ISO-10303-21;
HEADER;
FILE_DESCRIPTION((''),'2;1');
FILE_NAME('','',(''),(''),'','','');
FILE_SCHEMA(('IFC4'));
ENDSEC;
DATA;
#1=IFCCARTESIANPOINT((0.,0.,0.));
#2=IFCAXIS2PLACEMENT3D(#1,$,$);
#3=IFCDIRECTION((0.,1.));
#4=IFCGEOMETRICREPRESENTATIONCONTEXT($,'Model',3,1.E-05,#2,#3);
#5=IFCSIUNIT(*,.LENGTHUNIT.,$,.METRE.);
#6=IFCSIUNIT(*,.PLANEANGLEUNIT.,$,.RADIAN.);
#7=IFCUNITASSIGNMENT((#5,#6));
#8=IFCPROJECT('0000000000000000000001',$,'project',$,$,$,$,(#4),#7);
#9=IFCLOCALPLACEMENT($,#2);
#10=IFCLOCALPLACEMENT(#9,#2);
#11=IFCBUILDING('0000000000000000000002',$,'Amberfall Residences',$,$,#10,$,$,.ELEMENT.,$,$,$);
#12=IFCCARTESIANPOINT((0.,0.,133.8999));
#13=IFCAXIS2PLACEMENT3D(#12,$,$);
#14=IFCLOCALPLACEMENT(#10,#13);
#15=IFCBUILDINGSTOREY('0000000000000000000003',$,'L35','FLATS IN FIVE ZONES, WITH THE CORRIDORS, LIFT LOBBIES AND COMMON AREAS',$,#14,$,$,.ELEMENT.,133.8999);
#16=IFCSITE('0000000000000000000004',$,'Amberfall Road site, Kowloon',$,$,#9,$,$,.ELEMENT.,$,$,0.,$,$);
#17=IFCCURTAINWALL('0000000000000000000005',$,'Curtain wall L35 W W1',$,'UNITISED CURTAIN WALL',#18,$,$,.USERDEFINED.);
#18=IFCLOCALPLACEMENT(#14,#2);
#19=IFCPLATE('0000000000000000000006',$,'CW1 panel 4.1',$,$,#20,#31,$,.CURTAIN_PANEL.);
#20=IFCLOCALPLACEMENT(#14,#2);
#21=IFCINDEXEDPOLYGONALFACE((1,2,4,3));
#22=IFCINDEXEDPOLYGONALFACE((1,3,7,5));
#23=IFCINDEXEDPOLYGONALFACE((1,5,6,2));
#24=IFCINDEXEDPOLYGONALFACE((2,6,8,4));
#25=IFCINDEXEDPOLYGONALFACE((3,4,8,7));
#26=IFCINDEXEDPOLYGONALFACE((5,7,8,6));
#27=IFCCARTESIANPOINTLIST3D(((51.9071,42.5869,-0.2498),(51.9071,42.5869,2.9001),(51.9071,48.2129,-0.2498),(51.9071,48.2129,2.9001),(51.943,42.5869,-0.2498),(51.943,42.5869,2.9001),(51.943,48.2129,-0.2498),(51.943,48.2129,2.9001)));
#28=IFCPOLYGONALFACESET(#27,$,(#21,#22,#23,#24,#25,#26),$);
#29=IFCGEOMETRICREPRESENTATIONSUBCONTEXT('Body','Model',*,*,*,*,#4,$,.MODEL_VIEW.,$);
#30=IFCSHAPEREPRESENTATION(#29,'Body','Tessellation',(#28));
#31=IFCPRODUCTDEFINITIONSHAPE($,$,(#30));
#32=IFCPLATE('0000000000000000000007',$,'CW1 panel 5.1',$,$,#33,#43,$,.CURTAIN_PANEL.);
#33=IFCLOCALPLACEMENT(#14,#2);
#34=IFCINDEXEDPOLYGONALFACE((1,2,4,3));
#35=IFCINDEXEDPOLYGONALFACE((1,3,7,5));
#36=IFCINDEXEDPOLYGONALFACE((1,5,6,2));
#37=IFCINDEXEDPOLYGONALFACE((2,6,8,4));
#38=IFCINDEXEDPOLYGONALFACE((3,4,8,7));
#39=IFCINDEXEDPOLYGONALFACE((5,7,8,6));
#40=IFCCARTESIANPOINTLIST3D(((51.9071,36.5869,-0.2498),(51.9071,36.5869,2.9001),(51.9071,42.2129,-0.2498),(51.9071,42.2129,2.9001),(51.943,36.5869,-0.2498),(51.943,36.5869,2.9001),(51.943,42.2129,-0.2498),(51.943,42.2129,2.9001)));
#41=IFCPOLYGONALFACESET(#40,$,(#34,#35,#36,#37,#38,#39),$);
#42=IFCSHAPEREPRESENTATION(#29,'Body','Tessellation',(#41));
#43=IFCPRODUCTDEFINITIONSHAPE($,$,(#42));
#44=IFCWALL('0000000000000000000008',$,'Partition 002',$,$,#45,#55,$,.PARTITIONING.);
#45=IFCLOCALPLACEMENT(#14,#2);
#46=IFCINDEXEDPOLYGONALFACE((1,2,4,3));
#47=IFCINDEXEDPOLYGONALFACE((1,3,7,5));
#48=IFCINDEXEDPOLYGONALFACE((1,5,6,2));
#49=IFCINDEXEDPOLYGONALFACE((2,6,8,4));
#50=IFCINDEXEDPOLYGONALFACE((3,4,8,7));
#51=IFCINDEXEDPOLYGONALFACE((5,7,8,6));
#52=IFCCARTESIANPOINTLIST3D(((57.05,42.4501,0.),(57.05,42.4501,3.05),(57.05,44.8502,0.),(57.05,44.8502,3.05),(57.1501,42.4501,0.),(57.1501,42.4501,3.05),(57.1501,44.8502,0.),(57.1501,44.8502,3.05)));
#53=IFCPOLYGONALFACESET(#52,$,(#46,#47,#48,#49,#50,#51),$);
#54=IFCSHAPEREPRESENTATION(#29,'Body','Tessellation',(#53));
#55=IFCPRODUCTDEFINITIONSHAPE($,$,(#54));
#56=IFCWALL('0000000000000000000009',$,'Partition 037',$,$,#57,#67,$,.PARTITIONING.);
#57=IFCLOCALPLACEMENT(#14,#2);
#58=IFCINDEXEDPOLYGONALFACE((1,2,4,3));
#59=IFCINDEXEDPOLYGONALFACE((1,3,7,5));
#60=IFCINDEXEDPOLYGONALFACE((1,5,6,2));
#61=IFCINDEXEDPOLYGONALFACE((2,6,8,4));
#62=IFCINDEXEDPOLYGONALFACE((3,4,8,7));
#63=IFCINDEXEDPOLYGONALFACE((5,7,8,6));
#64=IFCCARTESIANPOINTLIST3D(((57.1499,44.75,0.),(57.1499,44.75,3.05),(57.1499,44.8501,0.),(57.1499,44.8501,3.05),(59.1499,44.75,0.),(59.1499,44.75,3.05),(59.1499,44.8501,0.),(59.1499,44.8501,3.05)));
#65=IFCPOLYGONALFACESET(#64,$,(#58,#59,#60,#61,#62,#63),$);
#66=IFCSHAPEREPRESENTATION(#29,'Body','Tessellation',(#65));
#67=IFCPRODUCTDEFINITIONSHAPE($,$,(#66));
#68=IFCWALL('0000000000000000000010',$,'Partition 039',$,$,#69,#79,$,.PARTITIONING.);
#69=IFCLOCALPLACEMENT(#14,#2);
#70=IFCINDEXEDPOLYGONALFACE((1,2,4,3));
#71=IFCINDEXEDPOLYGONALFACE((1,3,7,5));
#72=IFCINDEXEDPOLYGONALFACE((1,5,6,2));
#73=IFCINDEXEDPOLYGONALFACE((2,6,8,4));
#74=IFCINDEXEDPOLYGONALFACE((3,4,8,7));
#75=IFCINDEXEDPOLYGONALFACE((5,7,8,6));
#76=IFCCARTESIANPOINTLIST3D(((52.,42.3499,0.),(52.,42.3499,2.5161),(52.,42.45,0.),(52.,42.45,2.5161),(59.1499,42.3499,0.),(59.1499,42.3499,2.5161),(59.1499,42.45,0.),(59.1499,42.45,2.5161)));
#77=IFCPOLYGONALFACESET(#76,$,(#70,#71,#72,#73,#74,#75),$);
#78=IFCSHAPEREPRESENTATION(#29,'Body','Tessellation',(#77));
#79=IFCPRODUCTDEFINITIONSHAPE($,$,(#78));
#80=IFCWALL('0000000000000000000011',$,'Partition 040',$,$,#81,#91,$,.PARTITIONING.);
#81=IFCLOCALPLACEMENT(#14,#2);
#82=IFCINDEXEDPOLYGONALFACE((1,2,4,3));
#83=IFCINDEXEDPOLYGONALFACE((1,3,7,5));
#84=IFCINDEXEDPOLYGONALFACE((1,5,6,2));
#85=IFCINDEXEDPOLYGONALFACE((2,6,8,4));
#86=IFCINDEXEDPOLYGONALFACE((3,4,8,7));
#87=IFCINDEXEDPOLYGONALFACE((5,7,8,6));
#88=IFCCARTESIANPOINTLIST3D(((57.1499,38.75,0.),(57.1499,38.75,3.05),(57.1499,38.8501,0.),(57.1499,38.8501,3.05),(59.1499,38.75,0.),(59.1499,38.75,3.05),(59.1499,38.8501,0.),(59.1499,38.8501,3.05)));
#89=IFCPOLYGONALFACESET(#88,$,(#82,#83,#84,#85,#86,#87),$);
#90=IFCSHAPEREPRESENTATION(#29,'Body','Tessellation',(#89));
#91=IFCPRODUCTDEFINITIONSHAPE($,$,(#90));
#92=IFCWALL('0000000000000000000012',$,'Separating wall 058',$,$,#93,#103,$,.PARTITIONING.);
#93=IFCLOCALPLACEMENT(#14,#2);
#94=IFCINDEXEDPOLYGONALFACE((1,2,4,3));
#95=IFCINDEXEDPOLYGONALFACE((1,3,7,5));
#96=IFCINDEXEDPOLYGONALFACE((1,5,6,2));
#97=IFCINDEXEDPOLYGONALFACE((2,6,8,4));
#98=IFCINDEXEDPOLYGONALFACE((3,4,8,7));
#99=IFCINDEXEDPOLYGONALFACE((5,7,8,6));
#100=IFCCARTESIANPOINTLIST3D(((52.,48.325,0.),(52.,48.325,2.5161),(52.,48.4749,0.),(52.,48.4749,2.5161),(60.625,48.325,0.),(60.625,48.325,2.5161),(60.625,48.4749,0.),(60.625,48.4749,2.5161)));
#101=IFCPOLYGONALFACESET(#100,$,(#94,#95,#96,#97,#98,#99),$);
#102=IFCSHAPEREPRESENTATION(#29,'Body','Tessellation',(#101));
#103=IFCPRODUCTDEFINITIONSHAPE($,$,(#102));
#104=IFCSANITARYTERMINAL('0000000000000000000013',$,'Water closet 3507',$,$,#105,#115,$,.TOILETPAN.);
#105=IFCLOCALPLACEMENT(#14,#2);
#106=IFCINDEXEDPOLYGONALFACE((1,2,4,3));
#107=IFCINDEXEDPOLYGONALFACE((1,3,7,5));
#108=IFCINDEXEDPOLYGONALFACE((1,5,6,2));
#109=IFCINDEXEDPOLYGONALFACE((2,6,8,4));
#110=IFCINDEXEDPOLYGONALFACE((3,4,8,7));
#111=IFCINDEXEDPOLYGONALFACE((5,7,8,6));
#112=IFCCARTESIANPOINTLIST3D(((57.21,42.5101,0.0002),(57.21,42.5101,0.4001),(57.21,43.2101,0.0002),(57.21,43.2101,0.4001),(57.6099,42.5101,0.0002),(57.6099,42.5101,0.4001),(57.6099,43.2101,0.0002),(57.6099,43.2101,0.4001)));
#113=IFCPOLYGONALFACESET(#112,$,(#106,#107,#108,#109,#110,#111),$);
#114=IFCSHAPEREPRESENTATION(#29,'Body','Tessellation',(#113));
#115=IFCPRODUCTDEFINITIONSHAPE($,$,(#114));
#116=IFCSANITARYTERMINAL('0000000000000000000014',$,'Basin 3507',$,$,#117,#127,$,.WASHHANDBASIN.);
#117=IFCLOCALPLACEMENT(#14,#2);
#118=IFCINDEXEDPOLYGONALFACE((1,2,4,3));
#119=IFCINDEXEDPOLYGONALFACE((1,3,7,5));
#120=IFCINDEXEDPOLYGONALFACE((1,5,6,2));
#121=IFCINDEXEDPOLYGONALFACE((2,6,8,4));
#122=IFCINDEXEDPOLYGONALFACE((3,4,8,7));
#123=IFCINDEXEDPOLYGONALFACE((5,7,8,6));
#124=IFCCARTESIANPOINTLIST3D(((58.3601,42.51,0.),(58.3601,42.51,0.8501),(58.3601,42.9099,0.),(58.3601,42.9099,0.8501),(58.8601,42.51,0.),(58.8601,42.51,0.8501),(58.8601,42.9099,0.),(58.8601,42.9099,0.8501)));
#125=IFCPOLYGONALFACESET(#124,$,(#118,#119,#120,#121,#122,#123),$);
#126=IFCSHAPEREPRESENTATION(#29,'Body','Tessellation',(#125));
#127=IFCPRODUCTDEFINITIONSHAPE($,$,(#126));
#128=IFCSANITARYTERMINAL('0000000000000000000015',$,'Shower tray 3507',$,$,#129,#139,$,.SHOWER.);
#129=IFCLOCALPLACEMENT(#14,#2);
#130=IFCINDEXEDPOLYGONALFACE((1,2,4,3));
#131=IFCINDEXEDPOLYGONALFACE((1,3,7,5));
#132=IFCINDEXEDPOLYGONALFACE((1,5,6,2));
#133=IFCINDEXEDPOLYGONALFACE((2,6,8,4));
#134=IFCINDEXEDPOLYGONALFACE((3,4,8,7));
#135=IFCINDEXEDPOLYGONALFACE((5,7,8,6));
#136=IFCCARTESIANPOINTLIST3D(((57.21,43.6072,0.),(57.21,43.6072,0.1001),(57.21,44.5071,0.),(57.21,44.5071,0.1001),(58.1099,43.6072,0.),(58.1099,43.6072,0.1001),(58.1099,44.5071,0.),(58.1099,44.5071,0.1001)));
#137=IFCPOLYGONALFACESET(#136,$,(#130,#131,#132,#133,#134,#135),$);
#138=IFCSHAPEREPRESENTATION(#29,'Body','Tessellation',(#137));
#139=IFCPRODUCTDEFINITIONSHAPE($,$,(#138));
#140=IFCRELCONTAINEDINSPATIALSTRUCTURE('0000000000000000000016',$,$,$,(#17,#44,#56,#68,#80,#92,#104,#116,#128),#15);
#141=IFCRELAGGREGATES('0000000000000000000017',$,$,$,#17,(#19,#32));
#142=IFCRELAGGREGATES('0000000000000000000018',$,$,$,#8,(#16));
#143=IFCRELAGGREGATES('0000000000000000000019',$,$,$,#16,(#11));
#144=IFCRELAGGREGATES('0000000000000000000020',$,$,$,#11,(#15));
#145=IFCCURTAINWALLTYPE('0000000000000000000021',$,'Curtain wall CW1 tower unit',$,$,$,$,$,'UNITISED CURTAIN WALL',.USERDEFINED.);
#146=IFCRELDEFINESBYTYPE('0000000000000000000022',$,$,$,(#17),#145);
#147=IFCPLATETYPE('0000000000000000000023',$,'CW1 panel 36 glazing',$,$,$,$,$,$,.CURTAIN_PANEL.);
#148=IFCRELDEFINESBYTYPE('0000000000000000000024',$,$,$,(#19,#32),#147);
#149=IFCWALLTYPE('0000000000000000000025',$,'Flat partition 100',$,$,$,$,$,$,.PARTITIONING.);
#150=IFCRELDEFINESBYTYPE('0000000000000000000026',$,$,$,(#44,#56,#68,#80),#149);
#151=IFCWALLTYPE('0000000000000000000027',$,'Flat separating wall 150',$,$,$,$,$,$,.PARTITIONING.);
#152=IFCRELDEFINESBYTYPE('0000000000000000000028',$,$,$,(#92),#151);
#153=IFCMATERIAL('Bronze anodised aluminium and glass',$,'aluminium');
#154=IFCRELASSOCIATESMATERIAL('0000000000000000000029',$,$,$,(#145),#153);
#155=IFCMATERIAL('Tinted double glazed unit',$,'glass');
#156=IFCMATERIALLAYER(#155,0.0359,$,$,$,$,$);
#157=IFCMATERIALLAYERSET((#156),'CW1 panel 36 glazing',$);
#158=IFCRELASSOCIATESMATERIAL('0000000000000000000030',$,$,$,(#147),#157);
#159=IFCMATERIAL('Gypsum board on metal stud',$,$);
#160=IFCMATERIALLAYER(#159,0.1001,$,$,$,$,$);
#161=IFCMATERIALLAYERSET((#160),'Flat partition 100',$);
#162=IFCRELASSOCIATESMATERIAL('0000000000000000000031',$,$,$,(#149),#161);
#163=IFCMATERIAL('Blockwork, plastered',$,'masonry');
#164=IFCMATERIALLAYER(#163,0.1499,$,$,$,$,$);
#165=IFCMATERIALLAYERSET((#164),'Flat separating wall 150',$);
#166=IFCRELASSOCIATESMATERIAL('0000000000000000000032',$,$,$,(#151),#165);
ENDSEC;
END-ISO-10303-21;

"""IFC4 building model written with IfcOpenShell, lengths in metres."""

from ifc_helpers import new_model, si_unit, direction, frame, frame_2d, origin, origin_2d, place, context, subcontext, project, spatial, rectangle, extrude, material, layer, layer_set, type_object, element, aggregate, save


model = new_model("IFC4")

# Units and contexts
model_context = context("Model", 3, precision=1e-05, world=origin(), true_north=direction((0.0, 1.0)))
body_context = subcontext(model_context, "Body", "Model", "MODEL_VIEW")
ifc_project = project(units=[si_unit("LENGTHUNIT", "METRE"), si_unit("PLANEANGLEUNIT", "RADIAN")], contexts=[model_context])

# Site, building, storey
site_placement = place(None, origin())
site = spatial("IfcSite", under=ifc_project, at=site_placement, Name="Amberfall Road site, Kowloon", CompositionType="ELEMENT", RefElevation=0.0)
building_placement = place(site_placement, origin())
building = spatial("IfcBuilding", under=site, at=building_placement, Name="Amberfall Residences", CompositionType="ELEMENT")
storey_placement = place(building_placement, frame((0.0, 0.0, 133.8999)))
storey = spatial("IfcBuildingStorey", under=building, at=storey_placement, Name="L35", Description="FLATS IN FIVE ZONES, WITH THE CORRIDORS, LIFT LOBBIES AND COMMON AREAS", CompositionType="ELEMENT", Elevation=133.8999)

# Curtain wall
ifc_material_1 = material(Name="Bronze anodised aluminium and glass", Category="aluminium")
curtain_wall_type = type_object("IfcCurtainWallType", Name="Curtain wall CW1 tower unit", ElementType="UNITISED CURTAIN WALL", PredefinedType="USERDEFINED", material=ifc_material_1)
curtain_wall_placement = place(storey_placement, origin())
curtain_wall = element("IfcCurtainWall", 1, at=curtain_wall_placement, inside=storey, type_object=curtain_wall_type, Name="Curtain wall L35 W W1", ObjectType="UNITISED CURTAIN WALL", PredefinedType="USERDEFINED")

# Plates
ifc_material_2 = material(Name="Tinted double glazed unit", Category="glass")
ifc_layer_1 = layer(ifc_material_2, 0.0359)
ifc_layer_set_1 = layer_set([ifc_layer_1], Name="CW1 panel 36 glazing")
plate_type = type_object("IfcPlateType", Name="CW1 panel 36 glazing", PredefinedType="CURTAIN_PANEL", material=ifc_layer_set_1)
plate_1_placement = place(storey_placement, frame((51.925, 45.3999, -0.2498), z_axis=(0.0, 0.0, 1.0), x_axis=(0.0, -1.0, 0.0)))
plate_1 = element("IfcPlate", 2, at=plate_1_placement, type_object=plate_type, Name="CW1 panel 4.1", PredefinedType="CURTAIN_PANEL", context=body_context, shape_type="SweptSolid", body=[
    extrude(rectangle(XDim=5.626, YDim=0.0359, at=origin_2d()), origin(), (0.0, 0.0, 1.0), 3.1499),
])
plate_2_placement = place(storey_placement, frame((51.925, 39.3999, -0.2498), z_axis=(0.0, 0.0, 1.0), x_axis=(0.0, -1.0, 0.0)))
plate_2 = element("IfcPlate", 3, at=plate_2_placement, type_object=plate_type, Name="CW1 panel 5.1", PredefinedType="CURTAIN_PANEL", context=body_context, shape_type="SweptSolid", body=[
    extrude(rectangle(XDim=5.626, YDim=0.0359, at=origin_2d()), origin(), (0.0, 0.0, 1.0), 3.1499),
])
aggregate(curtain_wall, [plate_1, plate_2])

# Walls
ifc_material_3 = material(Name="Gypsum board on metal stud")
ifc_layer_2 = layer(ifc_material_3, 0.1001)
ifc_layer_set_2 = layer_set([ifc_layer_2], Name="Flat partition 100")
wall_type_1 = type_object("IfcWallType", Name="Flat partition 100", PredefinedType="PARTITIONING", material=ifc_layer_set_2)
wall_1_placement = place(storey_placement, frame((57.1001, 42.45, 0.0), z_axis=(0.0, 0.0, 1.0), x_axis=(0.0, 1.0, 0.0)))
element("IfcWall", 4, at=wall_1_placement, inside=storey, type_object=wall_type_1, Name="Partition 002", PredefinedType="PARTITIONING", context=body_context, shape_type="SweptSolid", body=[
    extrude(rectangle(XDim=2.4001, YDim=0.1001, at=frame_2d((1.2002, 0.0))), origin(), (0.0, 0.0, 1.0), 3.05),
])
wall_2_placement = place(storey_placement, frame((57.1499, 44.8, 0.0), z_axis=(0.0, 0.0, 1.0), x_axis=(1.0, 0.0, 0.0)))
element("IfcWall", 5, at=wall_2_placement, inside=storey, type_object=wall_type_1, Name="Partition 037", PredefinedType="PARTITIONING", context=body_context, shape_type="SweptSolid", body=[
    extrude(rectangle(XDim=2.0, YDim=0.1001, at=frame_2d((1.0, 0.0))), origin(), (0.0, 0.0, 1.0), 3.05),
])
wall_3_placement = place(storey_placement, frame((52.0, 42.3999, 0.0), z_axis=(0.0, 0.0, 1.0), x_axis=(1.0, 0.0, 0.0)))
element("IfcWall", 6, at=wall_3_placement, inside=storey, type_object=wall_type_1, Name="Partition 039", PredefinedType="PARTITIONING", context=body_context, shape_type="SweptSolid", body=[
    extrude(rectangle(XDim=7.1499, YDim=0.1001, at=frame_2d((3.575, 0.0))), origin(), (0.0, 0.0, 1.0), 2.5161),
])
wall_4_placement = place(storey_placement, frame((57.1499, 38.8, 0.0), z_axis=(0.0, 0.0, 1.0), x_axis=(1.0, 0.0, 0.0)))
element("IfcWall", 7, at=wall_4_placement, inside=storey, type_object=wall_type_1, Name="Partition 040", PredefinedType="PARTITIONING", context=body_context, shape_type="SweptSolid", body=[
    extrude(rectangle(XDim=2.0, YDim=0.1001, at=frame_2d((1.0, 0.0))), origin(), (0.0, 0.0, 1.0), 3.05),
])
ifc_material_4 = material(Name="Blockwork, plastered", Category="masonry")
ifc_layer_3 = layer(ifc_material_4, 0.1499)
ifc_layer_set_3 = layer_set([ifc_layer_3], Name="Flat separating wall 150")
wall_type_2 = type_object("IfcWallType", Name="Flat separating wall 150", PredefinedType="PARTITIONING", material=ifc_layer_set_3)
wall_5_placement = place(storey_placement, frame((52.0, 48.3999, 0.0), z_axis=(0.0, 0.0, 1.0), x_axis=(1.0, 0.0, 0.0)))
element("IfcWall", 8, at=wall_5_placement, inside=storey, type_object=wall_type_2, Name="Separating wall 058", PredefinedType="PARTITIONING", context=body_context, shape_type="SweptSolid", body=[
    extrude(rectangle(XDim=8.625, YDim=0.1499, at=frame_2d((4.3125, 0.0))), origin(), (0.0, 0.0, 1.0), 2.5161),
])

# Sanitary terminals
sanitary_terminal_1_placement = place(storey_placement, frame((57.4099, 42.8601, 0.0002), z_axis=(0.0, 0.0, 1.0), x_axis=(1.0, 0.0, 0.0)))
element("IfcSanitaryTerminal", 9, at=sanitary_terminal_1_placement, inside=storey, Name="Water closet 3507", PredefinedType="TOILETPAN", context=body_context, shape_type="SweptSolid", body=[
    extrude(rectangle(XDim=0.3999, YDim=0.7, at=origin_2d()), origin(), (0.0, 0.0, 1.0), 0.3999),
])
sanitary_terminal_2_placement = place(storey_placement, frame((58.6101, 42.71, 0.0), z_axis=(0.0, 0.0, 1.0), x_axis=(1.0, 0.0, 0.0)))
element("IfcSanitaryTerminal", 10, at=sanitary_terminal_2_placement, inside=storey, Name="Basin 3507", PredefinedType="WASHHANDBASIN", context=body_context, shape_type="SweptSolid", body=[
    extrude(rectangle(XDim=0.5, YDim=0.3999, at=origin_2d()), origin(), (0.0, 0.0, 1.0), 0.8501),
])
sanitary_terminal_3_placement = place(storey_placement, frame((57.6599, 44.0571, 0.0), z_axis=(0.0, 0.0, 1.0), x_axis=(1.0, 0.0, 0.0)))
element("IfcSanitaryTerminal", 11, at=sanitary_terminal_3_placement, inside=storey, Name="Shower tray 3507", PredefinedType="SHOWER", context=body_context, shape_type="SweptSolid", body=[
    extrude(rectangle(XDim=0.8999, YDim=0.8999, at=origin_2d()), origin(), (0.0, 0.0, 1.0), 0.1001),
])

save(model, "model.ifc")
